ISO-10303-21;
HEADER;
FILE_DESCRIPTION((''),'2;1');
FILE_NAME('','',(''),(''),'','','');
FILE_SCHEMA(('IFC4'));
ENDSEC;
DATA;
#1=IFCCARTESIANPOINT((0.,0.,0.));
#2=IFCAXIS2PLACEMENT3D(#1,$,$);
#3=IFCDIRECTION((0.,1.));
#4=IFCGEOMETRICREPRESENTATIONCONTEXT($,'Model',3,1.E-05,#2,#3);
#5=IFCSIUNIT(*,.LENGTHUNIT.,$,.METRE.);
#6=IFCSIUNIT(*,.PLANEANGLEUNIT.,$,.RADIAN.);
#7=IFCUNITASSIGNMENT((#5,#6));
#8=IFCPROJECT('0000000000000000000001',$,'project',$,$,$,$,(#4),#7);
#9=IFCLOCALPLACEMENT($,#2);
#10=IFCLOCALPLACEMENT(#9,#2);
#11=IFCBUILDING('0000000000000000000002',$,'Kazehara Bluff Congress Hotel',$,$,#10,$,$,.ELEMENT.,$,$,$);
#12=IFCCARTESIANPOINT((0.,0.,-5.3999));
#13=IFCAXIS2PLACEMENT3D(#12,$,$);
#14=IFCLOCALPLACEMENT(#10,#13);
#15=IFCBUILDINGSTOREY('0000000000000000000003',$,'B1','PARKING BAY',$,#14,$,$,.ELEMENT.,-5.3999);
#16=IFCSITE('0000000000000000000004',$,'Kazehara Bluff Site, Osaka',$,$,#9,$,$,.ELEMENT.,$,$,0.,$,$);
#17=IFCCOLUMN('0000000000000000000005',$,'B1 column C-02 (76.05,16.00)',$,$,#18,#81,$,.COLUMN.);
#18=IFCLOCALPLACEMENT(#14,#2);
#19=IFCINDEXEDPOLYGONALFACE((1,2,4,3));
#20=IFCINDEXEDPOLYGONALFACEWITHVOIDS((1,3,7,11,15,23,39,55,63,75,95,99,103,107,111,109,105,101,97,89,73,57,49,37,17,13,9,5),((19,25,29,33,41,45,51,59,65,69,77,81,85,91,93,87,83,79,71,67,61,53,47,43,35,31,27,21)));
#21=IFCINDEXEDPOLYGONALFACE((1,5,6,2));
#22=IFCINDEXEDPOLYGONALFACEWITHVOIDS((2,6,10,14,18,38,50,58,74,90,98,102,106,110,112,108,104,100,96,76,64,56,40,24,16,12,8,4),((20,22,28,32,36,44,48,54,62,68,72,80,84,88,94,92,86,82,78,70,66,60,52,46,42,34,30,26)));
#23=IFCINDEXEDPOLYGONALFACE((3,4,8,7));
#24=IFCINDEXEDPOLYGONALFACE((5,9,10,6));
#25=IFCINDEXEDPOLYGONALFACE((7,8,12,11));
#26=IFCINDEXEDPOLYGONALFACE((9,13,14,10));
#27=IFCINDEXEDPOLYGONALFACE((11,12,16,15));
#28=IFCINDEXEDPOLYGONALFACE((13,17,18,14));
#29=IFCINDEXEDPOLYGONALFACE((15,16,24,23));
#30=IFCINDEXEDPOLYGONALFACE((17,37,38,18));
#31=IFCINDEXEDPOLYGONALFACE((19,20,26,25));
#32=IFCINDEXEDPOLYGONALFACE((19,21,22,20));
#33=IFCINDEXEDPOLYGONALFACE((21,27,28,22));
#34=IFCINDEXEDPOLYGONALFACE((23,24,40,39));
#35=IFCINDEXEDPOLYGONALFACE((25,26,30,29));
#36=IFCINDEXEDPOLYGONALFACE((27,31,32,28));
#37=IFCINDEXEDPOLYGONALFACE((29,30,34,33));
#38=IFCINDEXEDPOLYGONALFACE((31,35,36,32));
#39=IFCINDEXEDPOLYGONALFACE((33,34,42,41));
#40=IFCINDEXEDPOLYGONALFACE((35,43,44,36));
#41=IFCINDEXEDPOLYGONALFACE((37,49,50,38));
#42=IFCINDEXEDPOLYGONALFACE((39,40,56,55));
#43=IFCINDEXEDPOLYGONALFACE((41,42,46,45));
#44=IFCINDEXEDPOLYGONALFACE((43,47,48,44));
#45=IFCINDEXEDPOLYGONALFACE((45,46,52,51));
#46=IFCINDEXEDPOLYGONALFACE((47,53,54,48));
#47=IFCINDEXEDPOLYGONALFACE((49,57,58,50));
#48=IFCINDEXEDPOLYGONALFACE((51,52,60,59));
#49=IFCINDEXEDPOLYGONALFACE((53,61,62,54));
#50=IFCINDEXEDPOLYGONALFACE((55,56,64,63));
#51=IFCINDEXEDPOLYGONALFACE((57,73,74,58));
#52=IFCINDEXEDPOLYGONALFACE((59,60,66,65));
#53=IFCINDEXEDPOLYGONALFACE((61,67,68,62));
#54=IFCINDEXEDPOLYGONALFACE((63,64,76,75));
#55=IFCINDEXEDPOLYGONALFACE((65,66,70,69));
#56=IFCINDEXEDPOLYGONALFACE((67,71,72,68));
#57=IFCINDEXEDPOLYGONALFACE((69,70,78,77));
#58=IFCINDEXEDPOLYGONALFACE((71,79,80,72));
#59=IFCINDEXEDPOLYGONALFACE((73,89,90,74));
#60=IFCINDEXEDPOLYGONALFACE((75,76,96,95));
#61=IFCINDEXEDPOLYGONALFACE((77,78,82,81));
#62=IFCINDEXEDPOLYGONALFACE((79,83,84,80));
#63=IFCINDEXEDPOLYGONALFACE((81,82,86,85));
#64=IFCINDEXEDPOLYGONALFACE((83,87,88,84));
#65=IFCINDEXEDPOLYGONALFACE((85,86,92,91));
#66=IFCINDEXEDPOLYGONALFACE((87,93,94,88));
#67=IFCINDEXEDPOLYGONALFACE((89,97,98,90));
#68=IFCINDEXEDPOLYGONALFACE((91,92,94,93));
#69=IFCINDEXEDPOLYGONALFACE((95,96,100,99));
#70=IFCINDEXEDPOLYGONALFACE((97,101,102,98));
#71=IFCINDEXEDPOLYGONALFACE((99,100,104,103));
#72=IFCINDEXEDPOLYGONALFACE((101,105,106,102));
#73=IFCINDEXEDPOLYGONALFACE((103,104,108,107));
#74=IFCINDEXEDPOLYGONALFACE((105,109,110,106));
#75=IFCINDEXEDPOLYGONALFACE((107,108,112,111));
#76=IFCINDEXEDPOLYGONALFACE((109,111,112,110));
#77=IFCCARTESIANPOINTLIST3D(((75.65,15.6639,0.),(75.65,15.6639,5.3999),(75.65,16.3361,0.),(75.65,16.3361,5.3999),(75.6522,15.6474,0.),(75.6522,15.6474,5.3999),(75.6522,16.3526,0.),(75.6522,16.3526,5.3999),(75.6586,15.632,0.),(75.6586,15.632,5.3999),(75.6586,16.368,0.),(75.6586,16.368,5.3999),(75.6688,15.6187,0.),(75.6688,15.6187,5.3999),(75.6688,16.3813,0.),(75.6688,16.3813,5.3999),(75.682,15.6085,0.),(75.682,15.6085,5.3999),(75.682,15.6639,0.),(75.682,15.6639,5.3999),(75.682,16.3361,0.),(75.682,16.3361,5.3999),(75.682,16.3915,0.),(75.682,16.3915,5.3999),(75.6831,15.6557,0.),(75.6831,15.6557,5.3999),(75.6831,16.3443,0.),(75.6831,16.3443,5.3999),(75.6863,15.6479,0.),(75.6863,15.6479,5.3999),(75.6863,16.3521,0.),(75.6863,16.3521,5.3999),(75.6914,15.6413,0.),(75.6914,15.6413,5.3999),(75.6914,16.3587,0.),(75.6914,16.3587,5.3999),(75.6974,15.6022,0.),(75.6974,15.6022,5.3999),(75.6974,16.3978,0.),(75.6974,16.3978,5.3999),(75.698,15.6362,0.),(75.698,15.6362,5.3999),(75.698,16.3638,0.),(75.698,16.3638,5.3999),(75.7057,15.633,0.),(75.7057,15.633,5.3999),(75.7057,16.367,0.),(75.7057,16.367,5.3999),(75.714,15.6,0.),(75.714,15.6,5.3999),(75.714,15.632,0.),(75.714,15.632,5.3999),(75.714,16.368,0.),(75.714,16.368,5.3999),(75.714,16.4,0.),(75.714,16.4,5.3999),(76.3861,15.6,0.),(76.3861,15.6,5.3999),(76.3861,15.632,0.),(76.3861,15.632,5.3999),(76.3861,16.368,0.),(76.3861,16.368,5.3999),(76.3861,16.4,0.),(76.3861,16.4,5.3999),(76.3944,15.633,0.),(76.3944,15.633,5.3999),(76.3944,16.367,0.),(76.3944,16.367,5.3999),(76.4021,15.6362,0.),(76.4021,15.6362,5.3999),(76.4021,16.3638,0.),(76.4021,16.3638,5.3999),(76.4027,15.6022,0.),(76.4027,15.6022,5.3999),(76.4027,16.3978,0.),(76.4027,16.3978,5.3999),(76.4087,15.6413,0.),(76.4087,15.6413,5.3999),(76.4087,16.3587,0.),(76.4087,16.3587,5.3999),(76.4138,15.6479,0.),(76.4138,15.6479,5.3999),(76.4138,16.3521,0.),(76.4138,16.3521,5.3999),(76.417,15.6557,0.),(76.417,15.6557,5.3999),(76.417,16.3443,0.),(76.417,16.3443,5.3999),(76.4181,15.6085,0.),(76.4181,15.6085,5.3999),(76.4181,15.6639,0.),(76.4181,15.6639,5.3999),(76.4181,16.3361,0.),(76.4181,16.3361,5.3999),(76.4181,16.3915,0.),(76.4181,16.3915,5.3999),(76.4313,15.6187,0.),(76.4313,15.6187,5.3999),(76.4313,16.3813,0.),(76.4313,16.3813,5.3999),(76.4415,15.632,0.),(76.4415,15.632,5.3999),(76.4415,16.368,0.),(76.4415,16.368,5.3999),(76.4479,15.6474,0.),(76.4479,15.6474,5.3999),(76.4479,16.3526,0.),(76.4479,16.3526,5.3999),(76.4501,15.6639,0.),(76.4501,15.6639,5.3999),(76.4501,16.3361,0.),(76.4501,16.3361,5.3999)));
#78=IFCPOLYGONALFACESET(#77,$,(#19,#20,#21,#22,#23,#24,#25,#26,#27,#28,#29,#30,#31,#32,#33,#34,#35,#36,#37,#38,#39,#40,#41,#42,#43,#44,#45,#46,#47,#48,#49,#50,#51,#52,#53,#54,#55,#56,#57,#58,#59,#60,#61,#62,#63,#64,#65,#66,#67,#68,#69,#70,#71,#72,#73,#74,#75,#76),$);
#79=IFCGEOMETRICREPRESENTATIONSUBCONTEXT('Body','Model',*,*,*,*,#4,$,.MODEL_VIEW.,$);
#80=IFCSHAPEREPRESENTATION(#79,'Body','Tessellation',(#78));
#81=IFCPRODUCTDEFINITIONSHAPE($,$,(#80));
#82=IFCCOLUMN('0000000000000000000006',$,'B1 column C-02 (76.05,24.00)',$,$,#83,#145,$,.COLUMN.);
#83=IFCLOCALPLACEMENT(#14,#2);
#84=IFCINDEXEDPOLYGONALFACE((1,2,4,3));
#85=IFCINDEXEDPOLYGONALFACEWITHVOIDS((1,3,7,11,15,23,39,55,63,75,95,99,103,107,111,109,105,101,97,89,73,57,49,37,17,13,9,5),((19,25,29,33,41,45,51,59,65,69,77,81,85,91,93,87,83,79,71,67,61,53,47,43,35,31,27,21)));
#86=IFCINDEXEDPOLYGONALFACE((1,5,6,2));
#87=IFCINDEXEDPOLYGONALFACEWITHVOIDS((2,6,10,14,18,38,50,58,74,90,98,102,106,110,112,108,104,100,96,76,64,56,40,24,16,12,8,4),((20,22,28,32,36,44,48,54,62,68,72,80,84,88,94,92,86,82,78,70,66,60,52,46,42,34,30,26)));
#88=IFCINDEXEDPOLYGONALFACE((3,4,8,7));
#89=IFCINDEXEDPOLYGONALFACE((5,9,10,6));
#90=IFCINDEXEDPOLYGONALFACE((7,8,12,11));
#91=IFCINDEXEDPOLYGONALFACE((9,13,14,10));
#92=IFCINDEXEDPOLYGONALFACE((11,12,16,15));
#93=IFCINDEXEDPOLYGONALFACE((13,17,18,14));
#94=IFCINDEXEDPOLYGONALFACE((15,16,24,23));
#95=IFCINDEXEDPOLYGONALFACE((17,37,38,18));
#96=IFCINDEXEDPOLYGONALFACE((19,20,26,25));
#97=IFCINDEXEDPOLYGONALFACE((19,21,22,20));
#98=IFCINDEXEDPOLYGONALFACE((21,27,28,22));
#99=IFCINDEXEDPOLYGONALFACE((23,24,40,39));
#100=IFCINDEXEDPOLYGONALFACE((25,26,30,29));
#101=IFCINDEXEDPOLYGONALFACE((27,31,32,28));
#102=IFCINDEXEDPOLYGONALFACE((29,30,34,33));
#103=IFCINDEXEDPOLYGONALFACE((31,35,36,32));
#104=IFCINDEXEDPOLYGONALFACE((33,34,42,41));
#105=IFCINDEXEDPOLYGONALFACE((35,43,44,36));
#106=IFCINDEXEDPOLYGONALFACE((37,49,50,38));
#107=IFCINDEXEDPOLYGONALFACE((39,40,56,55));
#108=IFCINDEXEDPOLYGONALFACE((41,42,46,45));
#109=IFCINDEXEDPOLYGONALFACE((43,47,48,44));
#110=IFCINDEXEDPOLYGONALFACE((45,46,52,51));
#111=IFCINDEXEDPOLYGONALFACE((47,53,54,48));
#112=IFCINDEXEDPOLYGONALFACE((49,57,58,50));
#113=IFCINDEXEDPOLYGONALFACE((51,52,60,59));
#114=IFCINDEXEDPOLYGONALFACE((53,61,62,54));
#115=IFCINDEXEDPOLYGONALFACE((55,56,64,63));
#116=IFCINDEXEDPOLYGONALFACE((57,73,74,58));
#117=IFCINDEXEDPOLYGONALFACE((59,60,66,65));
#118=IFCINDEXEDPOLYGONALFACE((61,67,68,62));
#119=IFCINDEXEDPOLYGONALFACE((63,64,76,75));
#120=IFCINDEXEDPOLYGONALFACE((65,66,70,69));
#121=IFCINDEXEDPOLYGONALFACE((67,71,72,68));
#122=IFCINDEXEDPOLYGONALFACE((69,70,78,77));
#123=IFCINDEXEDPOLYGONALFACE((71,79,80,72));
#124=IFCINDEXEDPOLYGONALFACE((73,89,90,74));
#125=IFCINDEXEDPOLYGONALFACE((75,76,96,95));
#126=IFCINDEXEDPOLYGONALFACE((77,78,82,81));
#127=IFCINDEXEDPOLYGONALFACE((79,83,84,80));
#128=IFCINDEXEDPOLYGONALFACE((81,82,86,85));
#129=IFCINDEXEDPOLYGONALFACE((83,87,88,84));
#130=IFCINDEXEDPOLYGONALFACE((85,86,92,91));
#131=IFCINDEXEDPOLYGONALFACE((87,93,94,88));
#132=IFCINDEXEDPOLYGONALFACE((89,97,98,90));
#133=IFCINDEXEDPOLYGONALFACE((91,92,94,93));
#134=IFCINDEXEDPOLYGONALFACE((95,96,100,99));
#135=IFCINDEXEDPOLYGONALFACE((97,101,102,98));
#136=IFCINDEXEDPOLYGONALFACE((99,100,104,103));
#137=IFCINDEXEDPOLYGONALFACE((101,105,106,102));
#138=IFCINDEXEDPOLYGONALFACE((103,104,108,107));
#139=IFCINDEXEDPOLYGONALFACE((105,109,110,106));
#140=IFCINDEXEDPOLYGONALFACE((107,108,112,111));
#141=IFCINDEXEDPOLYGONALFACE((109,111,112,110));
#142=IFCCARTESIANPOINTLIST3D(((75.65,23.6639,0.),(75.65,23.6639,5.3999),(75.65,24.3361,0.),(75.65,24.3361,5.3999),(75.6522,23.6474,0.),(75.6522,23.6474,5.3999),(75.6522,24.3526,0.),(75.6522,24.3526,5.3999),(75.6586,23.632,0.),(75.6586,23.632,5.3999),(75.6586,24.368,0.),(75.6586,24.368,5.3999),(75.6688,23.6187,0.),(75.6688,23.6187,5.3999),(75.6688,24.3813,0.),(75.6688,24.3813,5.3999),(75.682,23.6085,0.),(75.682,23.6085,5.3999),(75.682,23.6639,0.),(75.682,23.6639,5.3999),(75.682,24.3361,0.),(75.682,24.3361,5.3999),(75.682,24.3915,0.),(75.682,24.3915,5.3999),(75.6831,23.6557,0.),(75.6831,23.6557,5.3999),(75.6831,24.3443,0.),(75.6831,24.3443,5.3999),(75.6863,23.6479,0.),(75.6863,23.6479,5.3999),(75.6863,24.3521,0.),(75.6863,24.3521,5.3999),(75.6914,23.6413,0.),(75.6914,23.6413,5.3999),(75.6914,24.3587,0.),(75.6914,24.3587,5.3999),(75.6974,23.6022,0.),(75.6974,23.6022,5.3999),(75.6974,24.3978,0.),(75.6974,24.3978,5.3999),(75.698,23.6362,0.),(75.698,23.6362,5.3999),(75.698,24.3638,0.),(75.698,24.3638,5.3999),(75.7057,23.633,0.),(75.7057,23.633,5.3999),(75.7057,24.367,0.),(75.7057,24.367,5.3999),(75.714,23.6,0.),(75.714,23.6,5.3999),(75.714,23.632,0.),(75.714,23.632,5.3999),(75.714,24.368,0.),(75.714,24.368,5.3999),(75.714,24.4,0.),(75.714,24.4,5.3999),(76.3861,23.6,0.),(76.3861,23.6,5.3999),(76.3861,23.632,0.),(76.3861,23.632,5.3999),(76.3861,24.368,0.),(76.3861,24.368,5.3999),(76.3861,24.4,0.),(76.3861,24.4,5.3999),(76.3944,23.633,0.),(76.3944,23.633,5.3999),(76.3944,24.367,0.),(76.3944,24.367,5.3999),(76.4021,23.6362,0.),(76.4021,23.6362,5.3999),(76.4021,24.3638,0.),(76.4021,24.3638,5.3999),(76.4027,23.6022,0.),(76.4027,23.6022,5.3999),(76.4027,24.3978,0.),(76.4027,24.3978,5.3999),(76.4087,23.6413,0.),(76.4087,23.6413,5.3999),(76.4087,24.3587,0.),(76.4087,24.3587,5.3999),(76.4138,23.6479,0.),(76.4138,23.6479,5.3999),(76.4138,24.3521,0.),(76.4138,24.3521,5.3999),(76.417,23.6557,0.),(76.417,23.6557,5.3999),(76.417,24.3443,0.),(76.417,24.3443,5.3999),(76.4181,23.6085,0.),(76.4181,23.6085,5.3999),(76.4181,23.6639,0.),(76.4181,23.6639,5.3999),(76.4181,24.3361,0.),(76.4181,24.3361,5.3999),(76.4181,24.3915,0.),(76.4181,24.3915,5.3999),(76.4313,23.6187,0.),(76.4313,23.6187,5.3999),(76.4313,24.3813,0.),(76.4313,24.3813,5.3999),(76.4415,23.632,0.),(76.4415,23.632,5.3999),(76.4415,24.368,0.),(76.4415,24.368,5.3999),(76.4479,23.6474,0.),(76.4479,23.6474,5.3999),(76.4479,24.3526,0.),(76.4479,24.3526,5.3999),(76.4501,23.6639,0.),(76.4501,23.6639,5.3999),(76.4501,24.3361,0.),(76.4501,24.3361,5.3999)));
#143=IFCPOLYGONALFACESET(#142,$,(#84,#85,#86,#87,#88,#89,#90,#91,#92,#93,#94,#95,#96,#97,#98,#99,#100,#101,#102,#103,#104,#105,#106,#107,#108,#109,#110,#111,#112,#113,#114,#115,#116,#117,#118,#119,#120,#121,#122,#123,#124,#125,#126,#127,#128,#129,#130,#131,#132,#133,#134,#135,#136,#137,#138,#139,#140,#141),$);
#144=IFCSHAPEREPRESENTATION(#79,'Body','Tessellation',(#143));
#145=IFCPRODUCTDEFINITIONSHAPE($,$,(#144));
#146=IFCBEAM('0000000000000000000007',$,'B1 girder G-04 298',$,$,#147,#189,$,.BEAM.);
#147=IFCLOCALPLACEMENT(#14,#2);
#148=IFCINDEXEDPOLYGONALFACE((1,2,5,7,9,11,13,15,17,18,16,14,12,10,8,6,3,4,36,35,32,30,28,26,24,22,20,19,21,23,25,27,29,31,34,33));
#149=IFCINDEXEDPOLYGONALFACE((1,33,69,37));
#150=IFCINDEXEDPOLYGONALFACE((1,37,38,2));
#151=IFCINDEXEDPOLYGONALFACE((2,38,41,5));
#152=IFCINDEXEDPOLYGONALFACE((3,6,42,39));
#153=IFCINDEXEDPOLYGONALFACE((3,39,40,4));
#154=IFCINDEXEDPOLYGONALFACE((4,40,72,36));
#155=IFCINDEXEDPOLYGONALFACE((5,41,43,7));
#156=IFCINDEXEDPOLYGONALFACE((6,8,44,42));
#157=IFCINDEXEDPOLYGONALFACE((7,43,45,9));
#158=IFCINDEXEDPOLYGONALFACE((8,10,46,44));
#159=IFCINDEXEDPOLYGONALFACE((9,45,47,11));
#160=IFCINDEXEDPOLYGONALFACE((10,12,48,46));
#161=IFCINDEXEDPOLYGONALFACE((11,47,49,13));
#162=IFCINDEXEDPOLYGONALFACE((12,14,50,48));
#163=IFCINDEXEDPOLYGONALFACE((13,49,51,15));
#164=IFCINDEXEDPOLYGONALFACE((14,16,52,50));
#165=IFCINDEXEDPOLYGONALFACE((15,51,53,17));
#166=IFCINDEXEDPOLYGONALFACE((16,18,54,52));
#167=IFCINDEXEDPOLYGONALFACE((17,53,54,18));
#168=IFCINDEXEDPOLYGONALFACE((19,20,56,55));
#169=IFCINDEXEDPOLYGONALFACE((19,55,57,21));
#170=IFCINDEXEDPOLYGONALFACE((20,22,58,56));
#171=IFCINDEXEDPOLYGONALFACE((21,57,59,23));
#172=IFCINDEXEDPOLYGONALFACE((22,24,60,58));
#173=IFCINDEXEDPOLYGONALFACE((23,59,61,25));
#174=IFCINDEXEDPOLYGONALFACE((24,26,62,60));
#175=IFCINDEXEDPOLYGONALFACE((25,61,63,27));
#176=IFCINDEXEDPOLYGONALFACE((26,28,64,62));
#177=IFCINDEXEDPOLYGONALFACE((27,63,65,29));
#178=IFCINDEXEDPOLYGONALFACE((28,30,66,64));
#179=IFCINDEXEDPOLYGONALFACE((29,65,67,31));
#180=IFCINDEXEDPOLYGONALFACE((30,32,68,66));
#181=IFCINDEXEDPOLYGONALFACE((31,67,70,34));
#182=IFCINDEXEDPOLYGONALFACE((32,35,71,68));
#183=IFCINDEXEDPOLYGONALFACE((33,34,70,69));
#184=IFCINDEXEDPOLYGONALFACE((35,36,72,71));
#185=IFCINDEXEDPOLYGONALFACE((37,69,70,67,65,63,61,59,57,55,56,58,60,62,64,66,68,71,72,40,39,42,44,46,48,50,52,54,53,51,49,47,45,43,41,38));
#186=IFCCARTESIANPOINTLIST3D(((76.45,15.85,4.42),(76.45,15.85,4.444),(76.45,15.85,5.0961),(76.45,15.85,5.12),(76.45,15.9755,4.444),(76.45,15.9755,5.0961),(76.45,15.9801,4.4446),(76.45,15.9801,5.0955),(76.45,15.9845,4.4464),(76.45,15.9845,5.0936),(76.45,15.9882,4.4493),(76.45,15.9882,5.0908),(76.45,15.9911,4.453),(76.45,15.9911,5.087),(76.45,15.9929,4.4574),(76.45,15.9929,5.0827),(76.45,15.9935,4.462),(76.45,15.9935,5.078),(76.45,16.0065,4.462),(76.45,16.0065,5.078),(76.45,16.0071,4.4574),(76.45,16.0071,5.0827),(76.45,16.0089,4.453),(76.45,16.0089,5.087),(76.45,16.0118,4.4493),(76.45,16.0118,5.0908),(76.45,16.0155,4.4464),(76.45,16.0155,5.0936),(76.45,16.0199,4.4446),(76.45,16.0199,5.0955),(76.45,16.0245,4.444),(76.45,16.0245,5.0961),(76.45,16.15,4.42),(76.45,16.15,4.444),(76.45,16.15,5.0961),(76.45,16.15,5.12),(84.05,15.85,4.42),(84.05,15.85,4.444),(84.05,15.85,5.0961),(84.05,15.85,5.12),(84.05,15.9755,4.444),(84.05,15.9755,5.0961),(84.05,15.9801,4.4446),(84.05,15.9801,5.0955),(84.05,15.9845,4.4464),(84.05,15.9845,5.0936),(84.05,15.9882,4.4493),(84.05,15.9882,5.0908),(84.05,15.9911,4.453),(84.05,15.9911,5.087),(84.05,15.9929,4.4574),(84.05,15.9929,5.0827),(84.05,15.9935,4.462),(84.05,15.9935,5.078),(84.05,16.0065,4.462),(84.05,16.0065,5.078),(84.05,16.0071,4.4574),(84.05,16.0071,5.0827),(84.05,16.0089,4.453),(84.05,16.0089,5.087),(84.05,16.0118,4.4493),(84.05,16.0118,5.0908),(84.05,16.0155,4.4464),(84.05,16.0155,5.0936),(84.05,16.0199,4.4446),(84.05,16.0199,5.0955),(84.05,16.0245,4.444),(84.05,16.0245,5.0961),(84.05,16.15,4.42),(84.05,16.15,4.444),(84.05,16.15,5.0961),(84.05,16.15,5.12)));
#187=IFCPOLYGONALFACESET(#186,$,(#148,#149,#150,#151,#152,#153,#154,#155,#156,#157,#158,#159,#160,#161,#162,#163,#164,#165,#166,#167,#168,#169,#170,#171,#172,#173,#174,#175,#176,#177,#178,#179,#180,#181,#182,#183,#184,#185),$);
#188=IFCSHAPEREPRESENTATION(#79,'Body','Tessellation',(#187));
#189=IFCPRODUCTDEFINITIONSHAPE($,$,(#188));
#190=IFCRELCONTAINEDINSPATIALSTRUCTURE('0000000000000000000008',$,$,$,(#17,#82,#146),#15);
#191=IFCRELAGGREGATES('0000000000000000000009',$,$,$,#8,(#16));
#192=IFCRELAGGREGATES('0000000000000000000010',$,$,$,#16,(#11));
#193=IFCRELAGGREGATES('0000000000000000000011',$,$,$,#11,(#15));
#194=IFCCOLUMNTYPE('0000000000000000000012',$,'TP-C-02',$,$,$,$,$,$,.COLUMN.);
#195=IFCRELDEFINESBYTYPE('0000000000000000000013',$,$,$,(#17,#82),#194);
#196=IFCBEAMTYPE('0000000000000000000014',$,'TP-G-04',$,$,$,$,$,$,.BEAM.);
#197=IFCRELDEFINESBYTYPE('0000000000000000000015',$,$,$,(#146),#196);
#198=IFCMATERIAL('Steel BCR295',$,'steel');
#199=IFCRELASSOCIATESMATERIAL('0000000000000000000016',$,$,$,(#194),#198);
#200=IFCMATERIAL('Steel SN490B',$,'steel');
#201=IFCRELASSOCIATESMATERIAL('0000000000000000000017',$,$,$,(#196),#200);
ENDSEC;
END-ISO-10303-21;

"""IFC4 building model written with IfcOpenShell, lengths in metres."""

from ifc_helpers import new_model, si_unit, direction, frame, origin, origin_2d, place, context, subcontext, project, spatial, hollow_rectangle, i_section, extrude, material, material_profile, profile_set, type_object, element, save


model = new_model("IFC4")

# Units and contexts
model_context = context("Model", 3, precision=1e-05, world=origin(), true_north=direction((0.0, 1.0)))
body_context = subcontext(model_context, "Body", "Model", "MODEL_VIEW")
ifc_project = project(units=[si_unit("LENGTHUNIT", "METRE"), si_unit("PLANEANGLEUNIT", "RADIAN")], contexts=[model_context])

# Site, building, storey
site_placement = place(None, origin())
site = spatial("IfcSite", under=ifc_project, at=site_placement, Name="Kazehara Bluff Site, Osaka", CompositionType="ELEMENT", RefElevation=0.0)
building_placement = place(site_placement, origin())
building = spatial("IfcBuilding", under=site, at=building_placement, Name="Kazehara Bluff Congress Hotel", CompositionType="ELEMENT")
storey_placement = place(building_placement, frame((0.0, 0.0, -5.3999)))
storey = spatial("IfcBuildingStorey", under=building, at=storey_placement, Name="B1", Description="PARKING BAY", CompositionType="ELEMENT", Elevation=-5.3999)

# Columns
ifc_material_1 = material(Name="Steel BCR295", Category="steel")
ifc_material_profile_1 = material_profile(ifc_material_1, hollow_rectangle(XDim=0.8, YDim=0.8, WallThickness=0.032, InnerFilletRadius=0.032, OuterFilletRadius=0.064, at=origin_2d()))
ifc_profile_set_1 = profile_set([ifc_material_profile_1], Name="Steel BCR295")
column_type = type_object("IfcColumnType", Name="TP-C-02", PredefinedType="COLUMN", material=ifc_profile_set_1)
for number, where, z_axis, x_axis, name in (
    (1, (76.05, 16.0, 0.0), (0.0, 0.0, 1.0), (1.0, 0.0, 0.0), "B1 column C-02 (76.05,16.00)"),
    (2, (76.05, 24.0, 0.0), (0.0, 0.0, 1.0), (1.0, 0.0, 0.0), "B1 column C-02 (76.05,24.00)"),
):
    element("IfcColumn", number, at=place(storey_placement, frame(where, z_axis=z_axis, x_axis=x_axis)), inside=storey, type_object=column_type, Name=name, PredefinedType="COLUMN", context=body_context, shape_type="SweptSolid", body=[
        extrude(hollow_rectangle(XDim=0.8, YDim=0.8, WallThickness=0.032, InnerFilletRadius=0.032, OuterFilletRadius=0.064, at=origin_2d()), origin(), (0.0, 0.0, 1.0), 5.3999),
    ])

# Beam
ifc_material_2 = material(Name="Steel SN490B", Category="steel")
ifc_material_profile_2 = material_profile(ifc_material_2, i_section(OverallWidth=0.3, OverallDepth=0.7, WebThickness=0.0129, FlangeThickness=0.0239, FilletRadius=0.0181, at=origin_2d()))
ifc_profile_set_2 = profile_set([ifc_material_profile_2], Name="Steel SN490B")
beam_type_1 = type_object("IfcBeamType", Name="TP-G-04", PredefinedType="BEAM", material=ifc_profile_set_2)
for number, where, z_axis, x_axis, name in (
    (3, (76.45, 16.0, 4.77), (1.0, 0.0, 0.0), (0.0, 1.0, 0.0), "B1 girder G-04 298"),
):
    element("IfcBeam", number, at=place(storey_placement, frame(where, z_axis=z_axis, x_axis=x_axis)), inside=storey, type_object=beam_type_1, Name=name, PredefinedType="BEAM", context=body_context, shape_type="SweptSolid", body=[
        extrude(i_section(OverallWidth=0.3, OverallDepth=0.7, WebThickness=0.0129, FlangeThickness=0.0239, FilletRadius=0.0181, at=origin_2d()), origin(), (0.0, 0.0, 1.0), 7.6001),
    ])

save(model, "model.ifc")
